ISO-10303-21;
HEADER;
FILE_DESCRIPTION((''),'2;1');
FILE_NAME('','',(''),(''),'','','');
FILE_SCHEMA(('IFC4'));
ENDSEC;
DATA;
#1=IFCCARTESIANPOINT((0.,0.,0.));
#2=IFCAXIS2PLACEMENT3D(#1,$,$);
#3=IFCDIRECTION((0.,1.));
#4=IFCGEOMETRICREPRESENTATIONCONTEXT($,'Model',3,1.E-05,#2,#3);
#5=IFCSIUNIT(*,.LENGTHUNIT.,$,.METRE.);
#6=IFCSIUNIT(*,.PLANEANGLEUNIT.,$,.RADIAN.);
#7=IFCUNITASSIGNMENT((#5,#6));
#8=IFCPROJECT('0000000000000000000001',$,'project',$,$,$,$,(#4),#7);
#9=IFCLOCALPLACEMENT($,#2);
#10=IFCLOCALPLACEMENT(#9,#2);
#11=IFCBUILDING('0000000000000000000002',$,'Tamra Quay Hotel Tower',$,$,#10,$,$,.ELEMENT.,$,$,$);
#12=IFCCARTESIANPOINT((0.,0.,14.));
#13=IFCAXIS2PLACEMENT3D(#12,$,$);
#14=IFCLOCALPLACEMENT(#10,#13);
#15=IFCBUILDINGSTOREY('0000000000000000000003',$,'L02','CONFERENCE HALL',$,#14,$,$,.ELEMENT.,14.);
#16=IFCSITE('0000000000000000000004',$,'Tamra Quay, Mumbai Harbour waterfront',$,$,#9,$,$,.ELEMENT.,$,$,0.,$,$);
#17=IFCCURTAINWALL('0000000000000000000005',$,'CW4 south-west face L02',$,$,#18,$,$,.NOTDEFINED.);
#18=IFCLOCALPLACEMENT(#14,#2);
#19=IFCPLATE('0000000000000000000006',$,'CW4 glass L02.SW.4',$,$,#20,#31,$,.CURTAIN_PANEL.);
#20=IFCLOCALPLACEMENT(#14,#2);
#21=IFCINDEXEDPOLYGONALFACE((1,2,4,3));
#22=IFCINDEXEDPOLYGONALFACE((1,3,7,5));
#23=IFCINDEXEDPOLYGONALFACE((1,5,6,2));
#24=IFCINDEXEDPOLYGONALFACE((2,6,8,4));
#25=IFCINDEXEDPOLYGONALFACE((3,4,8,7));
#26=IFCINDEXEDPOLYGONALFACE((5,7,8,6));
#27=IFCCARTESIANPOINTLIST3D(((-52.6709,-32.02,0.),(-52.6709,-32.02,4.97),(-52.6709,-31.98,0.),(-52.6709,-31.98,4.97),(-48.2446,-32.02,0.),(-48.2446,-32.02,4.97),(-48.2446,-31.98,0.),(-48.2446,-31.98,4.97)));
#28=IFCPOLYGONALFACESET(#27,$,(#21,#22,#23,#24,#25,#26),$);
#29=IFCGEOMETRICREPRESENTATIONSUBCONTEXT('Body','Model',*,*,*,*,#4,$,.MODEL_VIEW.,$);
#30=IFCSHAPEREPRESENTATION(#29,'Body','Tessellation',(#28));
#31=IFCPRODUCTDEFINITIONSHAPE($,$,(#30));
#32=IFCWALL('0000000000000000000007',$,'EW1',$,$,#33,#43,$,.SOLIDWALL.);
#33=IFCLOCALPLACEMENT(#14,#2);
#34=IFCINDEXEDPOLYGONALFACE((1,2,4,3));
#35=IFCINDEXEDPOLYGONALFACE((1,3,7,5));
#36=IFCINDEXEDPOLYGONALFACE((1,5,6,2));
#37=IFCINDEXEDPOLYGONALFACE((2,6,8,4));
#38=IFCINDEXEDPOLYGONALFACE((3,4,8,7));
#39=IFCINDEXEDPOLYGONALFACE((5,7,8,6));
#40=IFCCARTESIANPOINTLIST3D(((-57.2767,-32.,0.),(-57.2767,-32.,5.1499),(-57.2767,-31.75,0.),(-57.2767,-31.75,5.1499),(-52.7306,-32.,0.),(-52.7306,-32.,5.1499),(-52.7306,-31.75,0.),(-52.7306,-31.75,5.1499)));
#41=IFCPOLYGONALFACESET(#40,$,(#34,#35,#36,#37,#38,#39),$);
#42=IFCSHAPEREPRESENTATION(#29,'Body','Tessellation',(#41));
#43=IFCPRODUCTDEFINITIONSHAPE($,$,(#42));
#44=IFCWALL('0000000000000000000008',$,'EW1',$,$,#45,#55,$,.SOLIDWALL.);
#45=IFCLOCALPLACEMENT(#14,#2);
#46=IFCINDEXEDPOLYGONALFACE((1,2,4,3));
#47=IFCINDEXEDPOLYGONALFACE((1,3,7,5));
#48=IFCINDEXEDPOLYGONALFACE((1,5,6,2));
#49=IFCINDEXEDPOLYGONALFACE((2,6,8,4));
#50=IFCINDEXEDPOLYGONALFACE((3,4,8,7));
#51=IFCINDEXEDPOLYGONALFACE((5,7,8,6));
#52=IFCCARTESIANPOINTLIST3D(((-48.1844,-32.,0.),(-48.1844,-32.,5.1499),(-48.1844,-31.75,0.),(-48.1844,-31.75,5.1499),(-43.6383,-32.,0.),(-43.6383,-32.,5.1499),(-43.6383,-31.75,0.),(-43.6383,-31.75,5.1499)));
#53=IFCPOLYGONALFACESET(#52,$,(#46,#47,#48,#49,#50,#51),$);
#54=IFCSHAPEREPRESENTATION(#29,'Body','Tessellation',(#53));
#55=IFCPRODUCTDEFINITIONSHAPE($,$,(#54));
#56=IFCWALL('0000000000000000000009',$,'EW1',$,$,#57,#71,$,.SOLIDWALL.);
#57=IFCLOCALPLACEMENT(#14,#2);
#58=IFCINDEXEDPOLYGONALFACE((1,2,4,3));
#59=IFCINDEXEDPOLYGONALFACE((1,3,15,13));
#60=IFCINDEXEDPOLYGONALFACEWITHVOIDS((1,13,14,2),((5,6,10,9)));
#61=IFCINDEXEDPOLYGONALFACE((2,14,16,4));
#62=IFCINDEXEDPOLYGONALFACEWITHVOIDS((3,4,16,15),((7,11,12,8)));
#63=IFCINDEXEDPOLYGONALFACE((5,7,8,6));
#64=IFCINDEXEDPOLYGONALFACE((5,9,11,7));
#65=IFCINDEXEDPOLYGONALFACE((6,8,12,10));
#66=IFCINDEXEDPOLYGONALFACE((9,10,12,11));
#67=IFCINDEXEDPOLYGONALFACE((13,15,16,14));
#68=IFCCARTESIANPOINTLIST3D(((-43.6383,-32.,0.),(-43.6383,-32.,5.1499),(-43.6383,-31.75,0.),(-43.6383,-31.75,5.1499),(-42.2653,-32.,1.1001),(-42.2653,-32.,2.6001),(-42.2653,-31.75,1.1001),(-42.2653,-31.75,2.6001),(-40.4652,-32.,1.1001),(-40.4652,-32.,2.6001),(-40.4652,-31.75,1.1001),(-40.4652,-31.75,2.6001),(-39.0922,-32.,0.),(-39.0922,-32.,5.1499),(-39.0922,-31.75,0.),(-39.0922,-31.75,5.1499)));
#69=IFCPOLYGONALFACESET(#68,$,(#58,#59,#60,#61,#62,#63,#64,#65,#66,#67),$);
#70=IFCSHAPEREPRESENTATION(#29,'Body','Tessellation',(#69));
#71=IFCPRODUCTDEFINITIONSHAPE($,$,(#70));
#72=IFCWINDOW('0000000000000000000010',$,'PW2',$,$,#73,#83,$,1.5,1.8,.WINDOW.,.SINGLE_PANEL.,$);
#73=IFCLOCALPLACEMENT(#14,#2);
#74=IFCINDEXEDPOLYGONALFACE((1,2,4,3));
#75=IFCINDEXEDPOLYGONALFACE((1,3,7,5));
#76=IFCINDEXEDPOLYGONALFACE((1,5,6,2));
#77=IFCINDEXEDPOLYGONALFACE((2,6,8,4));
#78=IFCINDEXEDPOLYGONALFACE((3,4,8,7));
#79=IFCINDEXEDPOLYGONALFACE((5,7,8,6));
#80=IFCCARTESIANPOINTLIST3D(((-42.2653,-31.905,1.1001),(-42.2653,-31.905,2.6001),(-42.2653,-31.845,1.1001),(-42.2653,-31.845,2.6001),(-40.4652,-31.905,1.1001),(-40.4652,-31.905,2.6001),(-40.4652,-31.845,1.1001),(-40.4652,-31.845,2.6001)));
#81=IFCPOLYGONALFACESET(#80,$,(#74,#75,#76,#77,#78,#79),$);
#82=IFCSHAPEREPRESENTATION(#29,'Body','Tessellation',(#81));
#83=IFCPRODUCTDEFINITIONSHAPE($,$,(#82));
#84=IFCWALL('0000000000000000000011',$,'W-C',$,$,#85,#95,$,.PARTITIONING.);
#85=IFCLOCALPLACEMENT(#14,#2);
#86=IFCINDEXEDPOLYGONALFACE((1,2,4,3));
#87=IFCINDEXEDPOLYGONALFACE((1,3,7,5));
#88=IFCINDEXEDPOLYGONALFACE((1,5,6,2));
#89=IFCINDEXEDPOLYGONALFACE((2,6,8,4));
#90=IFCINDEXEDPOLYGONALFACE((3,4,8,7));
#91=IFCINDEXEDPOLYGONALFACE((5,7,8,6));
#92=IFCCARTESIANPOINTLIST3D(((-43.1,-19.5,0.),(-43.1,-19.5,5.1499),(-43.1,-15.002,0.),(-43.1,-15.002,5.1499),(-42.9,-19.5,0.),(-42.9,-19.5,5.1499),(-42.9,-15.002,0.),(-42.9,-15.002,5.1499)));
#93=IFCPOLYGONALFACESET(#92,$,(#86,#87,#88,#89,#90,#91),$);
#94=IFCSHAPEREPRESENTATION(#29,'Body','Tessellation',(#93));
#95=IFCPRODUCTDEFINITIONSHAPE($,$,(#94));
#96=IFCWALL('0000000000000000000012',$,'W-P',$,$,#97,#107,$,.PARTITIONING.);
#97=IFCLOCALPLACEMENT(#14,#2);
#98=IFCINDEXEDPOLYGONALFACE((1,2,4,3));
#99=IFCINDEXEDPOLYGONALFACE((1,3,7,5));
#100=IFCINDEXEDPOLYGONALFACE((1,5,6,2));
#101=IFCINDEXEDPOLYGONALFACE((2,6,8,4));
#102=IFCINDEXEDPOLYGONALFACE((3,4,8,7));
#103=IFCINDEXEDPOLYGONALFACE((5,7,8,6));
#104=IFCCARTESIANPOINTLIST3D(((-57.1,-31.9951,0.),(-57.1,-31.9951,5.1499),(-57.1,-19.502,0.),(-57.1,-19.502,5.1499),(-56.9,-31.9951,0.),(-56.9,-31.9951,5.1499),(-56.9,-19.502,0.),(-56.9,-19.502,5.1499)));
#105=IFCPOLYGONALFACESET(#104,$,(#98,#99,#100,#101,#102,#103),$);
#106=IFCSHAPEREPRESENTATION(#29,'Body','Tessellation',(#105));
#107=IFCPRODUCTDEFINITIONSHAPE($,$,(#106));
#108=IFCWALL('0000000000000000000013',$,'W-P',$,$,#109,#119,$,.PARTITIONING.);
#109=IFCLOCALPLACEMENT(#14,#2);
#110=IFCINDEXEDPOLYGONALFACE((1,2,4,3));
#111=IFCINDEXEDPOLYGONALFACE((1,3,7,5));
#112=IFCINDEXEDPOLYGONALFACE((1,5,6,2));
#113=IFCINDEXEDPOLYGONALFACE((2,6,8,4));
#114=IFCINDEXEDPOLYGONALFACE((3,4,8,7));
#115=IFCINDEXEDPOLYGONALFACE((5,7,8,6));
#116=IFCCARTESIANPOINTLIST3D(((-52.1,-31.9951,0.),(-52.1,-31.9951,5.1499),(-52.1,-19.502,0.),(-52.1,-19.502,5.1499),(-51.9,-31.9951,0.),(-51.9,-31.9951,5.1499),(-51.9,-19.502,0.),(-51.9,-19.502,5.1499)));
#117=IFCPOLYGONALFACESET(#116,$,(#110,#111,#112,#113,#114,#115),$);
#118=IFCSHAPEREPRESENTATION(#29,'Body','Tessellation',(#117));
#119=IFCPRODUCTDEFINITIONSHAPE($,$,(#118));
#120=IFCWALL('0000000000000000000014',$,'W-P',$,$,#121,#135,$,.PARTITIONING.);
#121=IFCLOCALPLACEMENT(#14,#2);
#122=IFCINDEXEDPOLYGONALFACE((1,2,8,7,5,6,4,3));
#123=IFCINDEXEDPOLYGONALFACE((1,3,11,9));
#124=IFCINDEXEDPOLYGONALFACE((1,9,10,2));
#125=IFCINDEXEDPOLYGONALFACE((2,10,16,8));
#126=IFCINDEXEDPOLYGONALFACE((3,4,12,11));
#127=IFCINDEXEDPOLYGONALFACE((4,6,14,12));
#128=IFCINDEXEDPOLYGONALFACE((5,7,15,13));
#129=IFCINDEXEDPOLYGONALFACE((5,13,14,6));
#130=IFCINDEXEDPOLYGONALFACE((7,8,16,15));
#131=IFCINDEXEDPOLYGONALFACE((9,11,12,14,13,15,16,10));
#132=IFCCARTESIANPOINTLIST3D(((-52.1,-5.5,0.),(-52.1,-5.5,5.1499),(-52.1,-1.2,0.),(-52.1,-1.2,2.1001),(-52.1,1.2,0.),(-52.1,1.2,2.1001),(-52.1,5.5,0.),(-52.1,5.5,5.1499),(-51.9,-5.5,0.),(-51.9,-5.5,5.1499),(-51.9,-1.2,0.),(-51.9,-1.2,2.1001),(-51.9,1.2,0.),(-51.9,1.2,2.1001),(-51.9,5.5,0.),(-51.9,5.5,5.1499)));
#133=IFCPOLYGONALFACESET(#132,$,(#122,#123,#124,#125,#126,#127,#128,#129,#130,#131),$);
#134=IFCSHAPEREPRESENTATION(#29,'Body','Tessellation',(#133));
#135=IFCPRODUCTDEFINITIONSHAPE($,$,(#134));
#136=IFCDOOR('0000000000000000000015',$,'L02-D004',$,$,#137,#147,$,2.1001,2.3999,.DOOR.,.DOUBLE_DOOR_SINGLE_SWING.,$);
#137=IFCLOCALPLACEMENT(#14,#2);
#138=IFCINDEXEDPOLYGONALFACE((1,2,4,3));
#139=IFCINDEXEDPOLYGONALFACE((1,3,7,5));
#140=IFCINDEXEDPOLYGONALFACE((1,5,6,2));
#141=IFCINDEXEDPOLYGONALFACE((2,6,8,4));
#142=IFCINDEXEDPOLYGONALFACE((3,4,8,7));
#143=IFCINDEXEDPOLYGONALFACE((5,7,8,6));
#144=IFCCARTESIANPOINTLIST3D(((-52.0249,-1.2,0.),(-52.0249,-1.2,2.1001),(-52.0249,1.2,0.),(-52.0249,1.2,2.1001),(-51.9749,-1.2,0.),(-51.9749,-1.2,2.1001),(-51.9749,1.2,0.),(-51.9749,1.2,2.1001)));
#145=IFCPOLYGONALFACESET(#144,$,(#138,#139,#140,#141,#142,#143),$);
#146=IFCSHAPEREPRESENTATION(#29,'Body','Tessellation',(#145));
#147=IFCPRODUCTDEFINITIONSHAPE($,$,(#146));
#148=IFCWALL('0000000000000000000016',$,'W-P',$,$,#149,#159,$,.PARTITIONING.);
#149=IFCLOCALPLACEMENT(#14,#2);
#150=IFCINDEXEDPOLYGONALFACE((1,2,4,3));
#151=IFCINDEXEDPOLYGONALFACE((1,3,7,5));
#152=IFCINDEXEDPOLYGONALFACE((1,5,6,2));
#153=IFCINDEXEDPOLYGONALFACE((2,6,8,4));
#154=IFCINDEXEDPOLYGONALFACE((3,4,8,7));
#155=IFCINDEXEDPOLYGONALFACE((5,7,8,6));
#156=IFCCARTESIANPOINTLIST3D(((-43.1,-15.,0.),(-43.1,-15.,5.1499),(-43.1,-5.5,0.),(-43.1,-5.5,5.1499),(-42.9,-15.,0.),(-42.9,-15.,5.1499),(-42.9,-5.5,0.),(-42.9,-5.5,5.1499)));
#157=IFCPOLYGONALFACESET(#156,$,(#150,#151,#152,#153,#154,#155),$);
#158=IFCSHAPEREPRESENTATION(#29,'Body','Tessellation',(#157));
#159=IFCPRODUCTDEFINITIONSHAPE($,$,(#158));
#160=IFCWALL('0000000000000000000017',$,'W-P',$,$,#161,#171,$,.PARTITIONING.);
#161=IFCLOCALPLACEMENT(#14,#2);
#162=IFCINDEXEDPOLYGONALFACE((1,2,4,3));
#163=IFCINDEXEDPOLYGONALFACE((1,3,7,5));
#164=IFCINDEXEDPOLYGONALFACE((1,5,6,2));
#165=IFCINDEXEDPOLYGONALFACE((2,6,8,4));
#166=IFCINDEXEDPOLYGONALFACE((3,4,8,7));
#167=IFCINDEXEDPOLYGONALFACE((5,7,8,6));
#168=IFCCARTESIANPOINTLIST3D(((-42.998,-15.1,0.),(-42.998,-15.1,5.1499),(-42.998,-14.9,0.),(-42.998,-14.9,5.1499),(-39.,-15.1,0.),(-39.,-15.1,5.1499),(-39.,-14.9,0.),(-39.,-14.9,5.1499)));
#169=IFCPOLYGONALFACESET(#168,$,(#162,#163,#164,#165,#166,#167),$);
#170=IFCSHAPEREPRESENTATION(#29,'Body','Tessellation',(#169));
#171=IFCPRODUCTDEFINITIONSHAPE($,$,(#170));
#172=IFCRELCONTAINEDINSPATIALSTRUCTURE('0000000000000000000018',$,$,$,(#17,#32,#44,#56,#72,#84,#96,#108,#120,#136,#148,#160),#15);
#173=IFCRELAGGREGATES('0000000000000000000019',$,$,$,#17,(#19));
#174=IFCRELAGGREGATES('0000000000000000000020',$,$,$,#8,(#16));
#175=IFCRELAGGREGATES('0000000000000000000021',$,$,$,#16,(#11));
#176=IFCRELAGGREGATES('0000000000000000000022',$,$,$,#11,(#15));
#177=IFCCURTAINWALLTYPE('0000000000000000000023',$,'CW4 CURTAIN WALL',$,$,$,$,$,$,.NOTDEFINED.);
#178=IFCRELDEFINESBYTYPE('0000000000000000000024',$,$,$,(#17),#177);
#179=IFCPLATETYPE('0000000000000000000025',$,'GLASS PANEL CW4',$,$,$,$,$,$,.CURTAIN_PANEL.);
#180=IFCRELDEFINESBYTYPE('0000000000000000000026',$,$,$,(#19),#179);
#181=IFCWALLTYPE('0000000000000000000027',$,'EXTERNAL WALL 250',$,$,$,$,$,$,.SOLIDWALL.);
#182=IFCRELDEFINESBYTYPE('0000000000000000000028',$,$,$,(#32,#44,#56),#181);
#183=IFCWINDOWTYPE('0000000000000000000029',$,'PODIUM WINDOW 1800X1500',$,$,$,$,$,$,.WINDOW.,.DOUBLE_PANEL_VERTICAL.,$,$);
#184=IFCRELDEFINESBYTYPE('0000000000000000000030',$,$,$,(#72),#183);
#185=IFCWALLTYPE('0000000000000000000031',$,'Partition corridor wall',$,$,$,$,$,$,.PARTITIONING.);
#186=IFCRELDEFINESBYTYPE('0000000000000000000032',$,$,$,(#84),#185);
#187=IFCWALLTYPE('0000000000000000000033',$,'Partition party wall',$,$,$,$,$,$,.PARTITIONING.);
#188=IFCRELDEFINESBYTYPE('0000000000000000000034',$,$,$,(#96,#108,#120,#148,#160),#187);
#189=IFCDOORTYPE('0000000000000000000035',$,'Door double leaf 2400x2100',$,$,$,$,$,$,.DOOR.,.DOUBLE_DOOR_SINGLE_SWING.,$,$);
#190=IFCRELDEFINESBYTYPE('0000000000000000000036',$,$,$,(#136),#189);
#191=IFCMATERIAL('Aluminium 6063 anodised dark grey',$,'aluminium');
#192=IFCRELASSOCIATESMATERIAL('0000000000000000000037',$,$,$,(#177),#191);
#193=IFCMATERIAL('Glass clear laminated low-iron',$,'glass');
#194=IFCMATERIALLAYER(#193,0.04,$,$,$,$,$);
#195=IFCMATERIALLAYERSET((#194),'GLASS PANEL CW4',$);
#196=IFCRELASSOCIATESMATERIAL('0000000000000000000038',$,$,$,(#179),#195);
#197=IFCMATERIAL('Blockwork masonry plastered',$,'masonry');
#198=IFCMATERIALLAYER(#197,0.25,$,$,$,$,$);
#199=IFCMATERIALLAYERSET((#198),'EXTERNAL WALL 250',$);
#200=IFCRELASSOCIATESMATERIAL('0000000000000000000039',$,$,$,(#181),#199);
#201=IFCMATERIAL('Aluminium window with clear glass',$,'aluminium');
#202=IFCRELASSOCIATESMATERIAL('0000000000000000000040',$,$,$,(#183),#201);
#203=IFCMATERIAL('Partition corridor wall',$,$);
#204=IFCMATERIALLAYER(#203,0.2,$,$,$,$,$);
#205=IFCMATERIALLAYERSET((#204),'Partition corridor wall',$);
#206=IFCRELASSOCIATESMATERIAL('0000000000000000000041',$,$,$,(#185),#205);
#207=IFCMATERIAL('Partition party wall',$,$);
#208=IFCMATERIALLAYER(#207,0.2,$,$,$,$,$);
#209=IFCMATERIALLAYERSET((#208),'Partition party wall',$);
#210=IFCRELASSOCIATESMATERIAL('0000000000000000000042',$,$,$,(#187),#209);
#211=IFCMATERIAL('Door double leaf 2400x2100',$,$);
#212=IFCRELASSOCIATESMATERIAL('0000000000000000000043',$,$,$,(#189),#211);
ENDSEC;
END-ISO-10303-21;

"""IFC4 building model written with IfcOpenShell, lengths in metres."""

from ifc_helpers import new_model, si_unit, direction, frame, frame_2d, origin, origin_2d, place, context, subcontext, project, spatial, rectangle, extrude, material, layer, layer_set, type_object, element, fill, aggregate, save


model = new_model("IFC4")

# Units and contexts
model_context = context("Model", 3, precision=1e-05, world=origin(), true_north=direction((0.0, 1.0)))
body_context = subcontext(model_context, "Body", "Model", "MODEL_VIEW")
ifc_project = project(units=[si_unit("LENGTHUNIT", "METRE"), si_unit("PLANEANGLEUNIT", "RADIAN")], contexts=[model_context])

# Site, building, storey
site_placement = place(None, origin())
site = spatial("IfcSite", under=ifc_project, at=site_placement, Name="Tamra Quay, Mumbai Harbour waterfront", CompositionType="ELEMENT", RefElevation=0.0)
building_placement = place(site_placement, origin())
building = spatial("IfcBuilding", under=site, at=building_placement, Name="Tamra Quay Hotel Tower", CompositionType="ELEMENT")
storey_placement = place(building_placement, frame((0.0, 0.0, 14.0)))
storey = spatial("IfcBuildingStorey", under=building, at=storey_placement, Name="L02", Description="CONFERENCE HALL", CompositionType="ELEMENT", Elevation=14.0)

# Curtain wall
ifc_material_1 = material(Name="Aluminium 6063 anodised dark grey", Category="aluminium")
curtain_wall_type = type_object("IfcCurtainWallType", Name="CW4 CURTAIN WALL", PredefinedType="NOTDEFINED", material=ifc_material_1)
curtain_wall_placement = place(storey_placement, origin())
curtain_wall = element("IfcCurtainWall", 1, at=curtain_wall_placement, inside=storey, type_object=curtain_wall_type, Name="CW4 south-west face L02", PredefinedType="NOTDEFINED")

# Plate
ifc_material_2 = material(Name="Glass clear laminated low-iron", Category="glass")
ifc_layer_1 = layer(ifc_material_2, 0.04)
ifc_layer_set_1 = layer_set([ifc_layer_1], Name="GLASS PANEL CW4")
plate_type = type_object("IfcPlateType", Name="GLASS PANEL CW4", PredefinedType="CURTAIN_PANEL", material=ifc_layer_set_1)
plate_1_placement = place(storey_placement, frame((-50.4578, -32.0, 0.0), z_axis=(0.0, 0.0, 1.0), x_axis=(1.0, 0.0, 0.0)))
plate_1 = element("IfcPlate", 2, at=plate_1_placement, type_object=plate_type, Name="CW4 glass L02.SW.4", PredefinedType="CURTAIN_PANEL", context=body_context, shape_type="SweptSolid", body=[
    extrude(rectangle(XDim=4.4263, YDim=0.04, at=origin_2d()), origin(), (0.0, 0.0, 1.0), 4.97),
])
aggregate(curtain_wall, [plate_1])

# Walls
ifc_material_3 = material(Name="Blockwork masonry plastered", Category="masonry")
ifc_layer_2 = layer(ifc_material_3, 0.25)
ifc_layer_set_2 = layer_set([ifc_layer_2], Name="EXTERNAL WALL 250")
wall_type_1 = type_object("IfcWallType", Name="EXTERNAL WALL 250", PredefinedType="SOLIDWALL", material=ifc_layer_set_2)
for number, where, z_axis, x_axis, name in (
    (3, (-52.7307, -31.875, 0.0), (0.0, 0.0, 1.0), (-1.0, 0.0, 0.0), "EW1"),
    (4, (-43.6384, -31.875, 0.0), (0.0, 0.0, 1.0), (-1.0, 0.0, 0.0), "EW1"),
):
    element("IfcWall", number, at=place(storey_placement, frame(where, z_axis=z_axis, x_axis=x_axis)), inside=storey, type_object=wall_type_1, Name=name, PredefinedType="SOLIDWALL", context=body_context, shape_type="SweptSolid", body=[
        extrude(rectangle(XDim=4.5461, YDim=0.25, at=frame_2d((2.2729, 0.0))), origin(), (0.0, 0.0, 1.0), 5.1499),
    ])

# Wall, opening, window
wall_1_placement = place(storey_placement, frame((-39.0923, -31.875, 0.0), z_axis=(0.0, 0.0, 1.0), x_axis=(-1.0, 0.0, 0.0)))
wall_1 = element("IfcWall", 5, at=wall_1_placement, inside=storey, type_object=wall_type_1, Name="EW1", PredefinedType="SOLIDWALL", context=body_context, shape_type="SweptSolid", body=[
    extrude(rectangle(XDim=4.5461, YDim=0.25, at=frame_2d((2.2729, 0.0))), origin(), (0.0, 0.0, 1.0), 5.1499),
])
opening_1_placement = place(wall_1_placement, frame((1.373, 0.0, 1.1001)))
opening_1 = element("IfcOpeningElement", 6, at=opening_1_placement, cuts=wall_1, PredefinedType="OPENING", context=body_context, shape_type="SweptSolid", body=[
    extrude(rectangle(XDim=1.8, YDim=1.5, at=frame_2d((0.8999, 0.75))), frame((0.0, 0.135, 0.0), z_axis=(0.0, -1.0, 0.0), x_axis=(1.0, 0.0, 0.0)), (0.0, 0.0, 1.0), 0.27),
])
ifc_material_4 = material(Name="Aluminium window with clear glass", Category="aluminium")
window_type = type_object("IfcWindowType", Name="PODIUM WINDOW 1800X1500", PartitioningType="DOUBLE_PANEL_VERTICAL", PredefinedType="WINDOW", material=ifc_material_4)
window_placement = place(opening_1_placement, origin())
window = element("IfcWindow", 7, at=window_placement, inside=storey, type_object=window_type, Name="PW2", OverallHeight=1.5, OverallWidth=1.8, PartitioningType="SINGLE_PANEL", PredefinedType="WINDOW", context=body_context, shape_type="SweptSolid", body=[
    extrude(rectangle(XDim=1.8, YDim=1.5, at=frame_2d((0.8999, 0.75))), frame((0.0, 0.03, 0.0), z_axis=(0.0, -1.0, 0.0), x_axis=(1.0, 0.0, 0.0)), (0.0, 0.0, 1.0), 0.0601),
])
fill(opening_1, window)

# Walls
ifc_material_5 = material(Name="Partition corridor wall")
ifc_layer_3 = layer(ifc_material_5, 0.2)
ifc_layer_set_3 = layer_set([ifc_layer_3], Name="Partition corridor wall")
wall_type_2 = type_object("IfcWallType", Name="Partition corridor wall", PredefinedType="PARTITIONING", material=ifc_layer_set_3)
wall_2_placement = place(storey_placement, frame((-43.0, -19.5, 0.0), z_axis=(0.0, 0.0, 1.0), x_axis=(0.0, 1.0, 0.0)))
element("IfcWall", 8, at=wall_2_placement, inside=storey, type_object=wall_type_2, Name="W-C", PredefinedType="PARTITIONING", context=body_context, shape_type="SweptSolid", body=[
    extrude(rectangle(XDim=4.498, YDim=0.2, at=frame_2d((2.249, 0.0))), origin(), (0.0, 0.0, 1.0), 5.1499),
])
ifc_material_6 = material(Name="Partition party wall")
ifc_layer_4 = layer(ifc_material_6, 0.2)
ifc_layer_set_4 = layer_set([ifc_layer_4], Name="Partition party wall")
wall_type_3 = type_object("IfcWallType", Name="Partition party wall", PredefinedType="PARTITIONING", material=ifc_layer_set_4)
for number, where, z_axis, x_axis, name in (
    (9, (-57.0, -31.9951, 0.0), (0.0, 0.0, 1.0), (0.0, 1.0, 0.0), "W-P"),
    (10, (-52.0, -31.9951, 0.0), (0.0, 0.0, 1.0), (0.0, 1.0, 0.0), "W-P"),
):
    element("IfcWall", number, at=place(storey_placement, frame(where, z_axis=z_axis, x_axis=x_axis)), inside=storey, type_object=wall_type_3, Name=name, PredefinedType="PARTITIONING", context=body_context, shape_type="SweptSolid", body=[
        extrude(rectangle(XDim=12.4932, YDim=0.2, at=frame_2d((6.2466, 0.0))), origin(), (0.0, 0.0, 1.0), 5.1499),
    ])

# Wall, opening, door
wall_3_placement = place(storey_placement, frame((-52.0, -5.5, 0.0), z_axis=(0.0, 0.0, 1.0), x_axis=(0.0, 1.0, 0.0)))
wall_3 = element("IfcWall", 11, at=wall_3_placement, inside=storey, type_object=wall_type_3, Name="W-P", PredefinedType="PARTITIONING", context=body_context, shape_type="SweptSolid", body=[
    extrude(rectangle(XDim=11.0, YDim=0.2, at=frame_2d((5.5, 0.0))), origin(), (0.0, 0.0, 1.0), 5.1499),
])
opening_2_placement = place(wall_3_placement, frame((4.3, 0.0, 0.0)))
opening_2 = element("IfcOpeningElement", 12, at=opening_2_placement, cuts=wall_3, PredefinedType="OPENING", context=body_context, shape_type="SweptSolid", body=[
    extrude(rectangle(XDim=2.3999, YDim=2.1001, at=frame_2d((1.2, 1.05))), frame((0.0, 0.1099, 0.0), z_axis=(0.0, -1.0, 0.0), x_axis=(1.0, 0.0, 0.0)), (0.0, 0.0, 1.0), 0.22),
])
ifc_material_7 = material(Name="Door double leaf 2400x2100")
door_type = type_object("IfcDoorType", Name="Door double leaf 2400x2100", OperationType="DOUBLE_DOOR_SINGLE_SWING", PredefinedType="DOOR", material=ifc_material_7)
door_1_placement = place(opening_2_placement, origin())
door_1 = element("IfcDoor", 13, at=door_1_placement, inside=storey, type_object=door_type, Name="L02-D004", OperationType="DOUBLE_DOOR_SINGLE_SWING", OverallHeight=2.1001, OverallWidth=2.3999, PredefinedType="DOOR", context=body_context, shape_type="SweptSolid", body=[
    extrude(rectangle(XDim=2.3999, YDim=2.1001, at=frame_2d((1.2, 1.05))), frame((0.0, 0.0249, 0.0), z_axis=(0.0, -1.0, 0.0), x_axis=(1.0, 0.0, 0.0)), (0.0, 0.0, 1.0), 0.05),
])
fill(opening_2, door_1)

# Walls
wall_4_placement = place(storey_placement, frame((-43.0, -15.0, 0.0), z_axis=(0.0, 0.0, 1.0), x_axis=(0.0, 1.0, 0.0)))
element("IfcWall", 14, at=wall_4_placement, inside=storey, type_object=wall_type_3, Name="W-P", PredefinedType="PARTITIONING", context=body_context, shape_type="SweptSolid", body=[
    extrude(rectangle(XDim=9.5, YDim=0.2, at=frame_2d((4.75, 0.0))), origin(), (0.0, 0.0, 1.0), 5.1499),
])
wall_5_placement = place(storey_placement, frame((-42.998, -15.0, 0.0), z_axis=(0.0, 0.0, 1.0), x_axis=(1.0, 0.0, 0.0)))
element("IfcWall", 15, at=wall_5_placement, inside=storey, type_object=wall_type_3, Name="W-P", PredefinedType="PARTITIONING", context=body_context, shape_type="SweptSolid", body=[
    extrude(rectangle(XDim=3.998, YDim=0.2, at=frame_2d((1.999, 0.0))), origin(), (0.0, 0.0, 1.0), 5.1499),
])

save(model, "model.ifc")
